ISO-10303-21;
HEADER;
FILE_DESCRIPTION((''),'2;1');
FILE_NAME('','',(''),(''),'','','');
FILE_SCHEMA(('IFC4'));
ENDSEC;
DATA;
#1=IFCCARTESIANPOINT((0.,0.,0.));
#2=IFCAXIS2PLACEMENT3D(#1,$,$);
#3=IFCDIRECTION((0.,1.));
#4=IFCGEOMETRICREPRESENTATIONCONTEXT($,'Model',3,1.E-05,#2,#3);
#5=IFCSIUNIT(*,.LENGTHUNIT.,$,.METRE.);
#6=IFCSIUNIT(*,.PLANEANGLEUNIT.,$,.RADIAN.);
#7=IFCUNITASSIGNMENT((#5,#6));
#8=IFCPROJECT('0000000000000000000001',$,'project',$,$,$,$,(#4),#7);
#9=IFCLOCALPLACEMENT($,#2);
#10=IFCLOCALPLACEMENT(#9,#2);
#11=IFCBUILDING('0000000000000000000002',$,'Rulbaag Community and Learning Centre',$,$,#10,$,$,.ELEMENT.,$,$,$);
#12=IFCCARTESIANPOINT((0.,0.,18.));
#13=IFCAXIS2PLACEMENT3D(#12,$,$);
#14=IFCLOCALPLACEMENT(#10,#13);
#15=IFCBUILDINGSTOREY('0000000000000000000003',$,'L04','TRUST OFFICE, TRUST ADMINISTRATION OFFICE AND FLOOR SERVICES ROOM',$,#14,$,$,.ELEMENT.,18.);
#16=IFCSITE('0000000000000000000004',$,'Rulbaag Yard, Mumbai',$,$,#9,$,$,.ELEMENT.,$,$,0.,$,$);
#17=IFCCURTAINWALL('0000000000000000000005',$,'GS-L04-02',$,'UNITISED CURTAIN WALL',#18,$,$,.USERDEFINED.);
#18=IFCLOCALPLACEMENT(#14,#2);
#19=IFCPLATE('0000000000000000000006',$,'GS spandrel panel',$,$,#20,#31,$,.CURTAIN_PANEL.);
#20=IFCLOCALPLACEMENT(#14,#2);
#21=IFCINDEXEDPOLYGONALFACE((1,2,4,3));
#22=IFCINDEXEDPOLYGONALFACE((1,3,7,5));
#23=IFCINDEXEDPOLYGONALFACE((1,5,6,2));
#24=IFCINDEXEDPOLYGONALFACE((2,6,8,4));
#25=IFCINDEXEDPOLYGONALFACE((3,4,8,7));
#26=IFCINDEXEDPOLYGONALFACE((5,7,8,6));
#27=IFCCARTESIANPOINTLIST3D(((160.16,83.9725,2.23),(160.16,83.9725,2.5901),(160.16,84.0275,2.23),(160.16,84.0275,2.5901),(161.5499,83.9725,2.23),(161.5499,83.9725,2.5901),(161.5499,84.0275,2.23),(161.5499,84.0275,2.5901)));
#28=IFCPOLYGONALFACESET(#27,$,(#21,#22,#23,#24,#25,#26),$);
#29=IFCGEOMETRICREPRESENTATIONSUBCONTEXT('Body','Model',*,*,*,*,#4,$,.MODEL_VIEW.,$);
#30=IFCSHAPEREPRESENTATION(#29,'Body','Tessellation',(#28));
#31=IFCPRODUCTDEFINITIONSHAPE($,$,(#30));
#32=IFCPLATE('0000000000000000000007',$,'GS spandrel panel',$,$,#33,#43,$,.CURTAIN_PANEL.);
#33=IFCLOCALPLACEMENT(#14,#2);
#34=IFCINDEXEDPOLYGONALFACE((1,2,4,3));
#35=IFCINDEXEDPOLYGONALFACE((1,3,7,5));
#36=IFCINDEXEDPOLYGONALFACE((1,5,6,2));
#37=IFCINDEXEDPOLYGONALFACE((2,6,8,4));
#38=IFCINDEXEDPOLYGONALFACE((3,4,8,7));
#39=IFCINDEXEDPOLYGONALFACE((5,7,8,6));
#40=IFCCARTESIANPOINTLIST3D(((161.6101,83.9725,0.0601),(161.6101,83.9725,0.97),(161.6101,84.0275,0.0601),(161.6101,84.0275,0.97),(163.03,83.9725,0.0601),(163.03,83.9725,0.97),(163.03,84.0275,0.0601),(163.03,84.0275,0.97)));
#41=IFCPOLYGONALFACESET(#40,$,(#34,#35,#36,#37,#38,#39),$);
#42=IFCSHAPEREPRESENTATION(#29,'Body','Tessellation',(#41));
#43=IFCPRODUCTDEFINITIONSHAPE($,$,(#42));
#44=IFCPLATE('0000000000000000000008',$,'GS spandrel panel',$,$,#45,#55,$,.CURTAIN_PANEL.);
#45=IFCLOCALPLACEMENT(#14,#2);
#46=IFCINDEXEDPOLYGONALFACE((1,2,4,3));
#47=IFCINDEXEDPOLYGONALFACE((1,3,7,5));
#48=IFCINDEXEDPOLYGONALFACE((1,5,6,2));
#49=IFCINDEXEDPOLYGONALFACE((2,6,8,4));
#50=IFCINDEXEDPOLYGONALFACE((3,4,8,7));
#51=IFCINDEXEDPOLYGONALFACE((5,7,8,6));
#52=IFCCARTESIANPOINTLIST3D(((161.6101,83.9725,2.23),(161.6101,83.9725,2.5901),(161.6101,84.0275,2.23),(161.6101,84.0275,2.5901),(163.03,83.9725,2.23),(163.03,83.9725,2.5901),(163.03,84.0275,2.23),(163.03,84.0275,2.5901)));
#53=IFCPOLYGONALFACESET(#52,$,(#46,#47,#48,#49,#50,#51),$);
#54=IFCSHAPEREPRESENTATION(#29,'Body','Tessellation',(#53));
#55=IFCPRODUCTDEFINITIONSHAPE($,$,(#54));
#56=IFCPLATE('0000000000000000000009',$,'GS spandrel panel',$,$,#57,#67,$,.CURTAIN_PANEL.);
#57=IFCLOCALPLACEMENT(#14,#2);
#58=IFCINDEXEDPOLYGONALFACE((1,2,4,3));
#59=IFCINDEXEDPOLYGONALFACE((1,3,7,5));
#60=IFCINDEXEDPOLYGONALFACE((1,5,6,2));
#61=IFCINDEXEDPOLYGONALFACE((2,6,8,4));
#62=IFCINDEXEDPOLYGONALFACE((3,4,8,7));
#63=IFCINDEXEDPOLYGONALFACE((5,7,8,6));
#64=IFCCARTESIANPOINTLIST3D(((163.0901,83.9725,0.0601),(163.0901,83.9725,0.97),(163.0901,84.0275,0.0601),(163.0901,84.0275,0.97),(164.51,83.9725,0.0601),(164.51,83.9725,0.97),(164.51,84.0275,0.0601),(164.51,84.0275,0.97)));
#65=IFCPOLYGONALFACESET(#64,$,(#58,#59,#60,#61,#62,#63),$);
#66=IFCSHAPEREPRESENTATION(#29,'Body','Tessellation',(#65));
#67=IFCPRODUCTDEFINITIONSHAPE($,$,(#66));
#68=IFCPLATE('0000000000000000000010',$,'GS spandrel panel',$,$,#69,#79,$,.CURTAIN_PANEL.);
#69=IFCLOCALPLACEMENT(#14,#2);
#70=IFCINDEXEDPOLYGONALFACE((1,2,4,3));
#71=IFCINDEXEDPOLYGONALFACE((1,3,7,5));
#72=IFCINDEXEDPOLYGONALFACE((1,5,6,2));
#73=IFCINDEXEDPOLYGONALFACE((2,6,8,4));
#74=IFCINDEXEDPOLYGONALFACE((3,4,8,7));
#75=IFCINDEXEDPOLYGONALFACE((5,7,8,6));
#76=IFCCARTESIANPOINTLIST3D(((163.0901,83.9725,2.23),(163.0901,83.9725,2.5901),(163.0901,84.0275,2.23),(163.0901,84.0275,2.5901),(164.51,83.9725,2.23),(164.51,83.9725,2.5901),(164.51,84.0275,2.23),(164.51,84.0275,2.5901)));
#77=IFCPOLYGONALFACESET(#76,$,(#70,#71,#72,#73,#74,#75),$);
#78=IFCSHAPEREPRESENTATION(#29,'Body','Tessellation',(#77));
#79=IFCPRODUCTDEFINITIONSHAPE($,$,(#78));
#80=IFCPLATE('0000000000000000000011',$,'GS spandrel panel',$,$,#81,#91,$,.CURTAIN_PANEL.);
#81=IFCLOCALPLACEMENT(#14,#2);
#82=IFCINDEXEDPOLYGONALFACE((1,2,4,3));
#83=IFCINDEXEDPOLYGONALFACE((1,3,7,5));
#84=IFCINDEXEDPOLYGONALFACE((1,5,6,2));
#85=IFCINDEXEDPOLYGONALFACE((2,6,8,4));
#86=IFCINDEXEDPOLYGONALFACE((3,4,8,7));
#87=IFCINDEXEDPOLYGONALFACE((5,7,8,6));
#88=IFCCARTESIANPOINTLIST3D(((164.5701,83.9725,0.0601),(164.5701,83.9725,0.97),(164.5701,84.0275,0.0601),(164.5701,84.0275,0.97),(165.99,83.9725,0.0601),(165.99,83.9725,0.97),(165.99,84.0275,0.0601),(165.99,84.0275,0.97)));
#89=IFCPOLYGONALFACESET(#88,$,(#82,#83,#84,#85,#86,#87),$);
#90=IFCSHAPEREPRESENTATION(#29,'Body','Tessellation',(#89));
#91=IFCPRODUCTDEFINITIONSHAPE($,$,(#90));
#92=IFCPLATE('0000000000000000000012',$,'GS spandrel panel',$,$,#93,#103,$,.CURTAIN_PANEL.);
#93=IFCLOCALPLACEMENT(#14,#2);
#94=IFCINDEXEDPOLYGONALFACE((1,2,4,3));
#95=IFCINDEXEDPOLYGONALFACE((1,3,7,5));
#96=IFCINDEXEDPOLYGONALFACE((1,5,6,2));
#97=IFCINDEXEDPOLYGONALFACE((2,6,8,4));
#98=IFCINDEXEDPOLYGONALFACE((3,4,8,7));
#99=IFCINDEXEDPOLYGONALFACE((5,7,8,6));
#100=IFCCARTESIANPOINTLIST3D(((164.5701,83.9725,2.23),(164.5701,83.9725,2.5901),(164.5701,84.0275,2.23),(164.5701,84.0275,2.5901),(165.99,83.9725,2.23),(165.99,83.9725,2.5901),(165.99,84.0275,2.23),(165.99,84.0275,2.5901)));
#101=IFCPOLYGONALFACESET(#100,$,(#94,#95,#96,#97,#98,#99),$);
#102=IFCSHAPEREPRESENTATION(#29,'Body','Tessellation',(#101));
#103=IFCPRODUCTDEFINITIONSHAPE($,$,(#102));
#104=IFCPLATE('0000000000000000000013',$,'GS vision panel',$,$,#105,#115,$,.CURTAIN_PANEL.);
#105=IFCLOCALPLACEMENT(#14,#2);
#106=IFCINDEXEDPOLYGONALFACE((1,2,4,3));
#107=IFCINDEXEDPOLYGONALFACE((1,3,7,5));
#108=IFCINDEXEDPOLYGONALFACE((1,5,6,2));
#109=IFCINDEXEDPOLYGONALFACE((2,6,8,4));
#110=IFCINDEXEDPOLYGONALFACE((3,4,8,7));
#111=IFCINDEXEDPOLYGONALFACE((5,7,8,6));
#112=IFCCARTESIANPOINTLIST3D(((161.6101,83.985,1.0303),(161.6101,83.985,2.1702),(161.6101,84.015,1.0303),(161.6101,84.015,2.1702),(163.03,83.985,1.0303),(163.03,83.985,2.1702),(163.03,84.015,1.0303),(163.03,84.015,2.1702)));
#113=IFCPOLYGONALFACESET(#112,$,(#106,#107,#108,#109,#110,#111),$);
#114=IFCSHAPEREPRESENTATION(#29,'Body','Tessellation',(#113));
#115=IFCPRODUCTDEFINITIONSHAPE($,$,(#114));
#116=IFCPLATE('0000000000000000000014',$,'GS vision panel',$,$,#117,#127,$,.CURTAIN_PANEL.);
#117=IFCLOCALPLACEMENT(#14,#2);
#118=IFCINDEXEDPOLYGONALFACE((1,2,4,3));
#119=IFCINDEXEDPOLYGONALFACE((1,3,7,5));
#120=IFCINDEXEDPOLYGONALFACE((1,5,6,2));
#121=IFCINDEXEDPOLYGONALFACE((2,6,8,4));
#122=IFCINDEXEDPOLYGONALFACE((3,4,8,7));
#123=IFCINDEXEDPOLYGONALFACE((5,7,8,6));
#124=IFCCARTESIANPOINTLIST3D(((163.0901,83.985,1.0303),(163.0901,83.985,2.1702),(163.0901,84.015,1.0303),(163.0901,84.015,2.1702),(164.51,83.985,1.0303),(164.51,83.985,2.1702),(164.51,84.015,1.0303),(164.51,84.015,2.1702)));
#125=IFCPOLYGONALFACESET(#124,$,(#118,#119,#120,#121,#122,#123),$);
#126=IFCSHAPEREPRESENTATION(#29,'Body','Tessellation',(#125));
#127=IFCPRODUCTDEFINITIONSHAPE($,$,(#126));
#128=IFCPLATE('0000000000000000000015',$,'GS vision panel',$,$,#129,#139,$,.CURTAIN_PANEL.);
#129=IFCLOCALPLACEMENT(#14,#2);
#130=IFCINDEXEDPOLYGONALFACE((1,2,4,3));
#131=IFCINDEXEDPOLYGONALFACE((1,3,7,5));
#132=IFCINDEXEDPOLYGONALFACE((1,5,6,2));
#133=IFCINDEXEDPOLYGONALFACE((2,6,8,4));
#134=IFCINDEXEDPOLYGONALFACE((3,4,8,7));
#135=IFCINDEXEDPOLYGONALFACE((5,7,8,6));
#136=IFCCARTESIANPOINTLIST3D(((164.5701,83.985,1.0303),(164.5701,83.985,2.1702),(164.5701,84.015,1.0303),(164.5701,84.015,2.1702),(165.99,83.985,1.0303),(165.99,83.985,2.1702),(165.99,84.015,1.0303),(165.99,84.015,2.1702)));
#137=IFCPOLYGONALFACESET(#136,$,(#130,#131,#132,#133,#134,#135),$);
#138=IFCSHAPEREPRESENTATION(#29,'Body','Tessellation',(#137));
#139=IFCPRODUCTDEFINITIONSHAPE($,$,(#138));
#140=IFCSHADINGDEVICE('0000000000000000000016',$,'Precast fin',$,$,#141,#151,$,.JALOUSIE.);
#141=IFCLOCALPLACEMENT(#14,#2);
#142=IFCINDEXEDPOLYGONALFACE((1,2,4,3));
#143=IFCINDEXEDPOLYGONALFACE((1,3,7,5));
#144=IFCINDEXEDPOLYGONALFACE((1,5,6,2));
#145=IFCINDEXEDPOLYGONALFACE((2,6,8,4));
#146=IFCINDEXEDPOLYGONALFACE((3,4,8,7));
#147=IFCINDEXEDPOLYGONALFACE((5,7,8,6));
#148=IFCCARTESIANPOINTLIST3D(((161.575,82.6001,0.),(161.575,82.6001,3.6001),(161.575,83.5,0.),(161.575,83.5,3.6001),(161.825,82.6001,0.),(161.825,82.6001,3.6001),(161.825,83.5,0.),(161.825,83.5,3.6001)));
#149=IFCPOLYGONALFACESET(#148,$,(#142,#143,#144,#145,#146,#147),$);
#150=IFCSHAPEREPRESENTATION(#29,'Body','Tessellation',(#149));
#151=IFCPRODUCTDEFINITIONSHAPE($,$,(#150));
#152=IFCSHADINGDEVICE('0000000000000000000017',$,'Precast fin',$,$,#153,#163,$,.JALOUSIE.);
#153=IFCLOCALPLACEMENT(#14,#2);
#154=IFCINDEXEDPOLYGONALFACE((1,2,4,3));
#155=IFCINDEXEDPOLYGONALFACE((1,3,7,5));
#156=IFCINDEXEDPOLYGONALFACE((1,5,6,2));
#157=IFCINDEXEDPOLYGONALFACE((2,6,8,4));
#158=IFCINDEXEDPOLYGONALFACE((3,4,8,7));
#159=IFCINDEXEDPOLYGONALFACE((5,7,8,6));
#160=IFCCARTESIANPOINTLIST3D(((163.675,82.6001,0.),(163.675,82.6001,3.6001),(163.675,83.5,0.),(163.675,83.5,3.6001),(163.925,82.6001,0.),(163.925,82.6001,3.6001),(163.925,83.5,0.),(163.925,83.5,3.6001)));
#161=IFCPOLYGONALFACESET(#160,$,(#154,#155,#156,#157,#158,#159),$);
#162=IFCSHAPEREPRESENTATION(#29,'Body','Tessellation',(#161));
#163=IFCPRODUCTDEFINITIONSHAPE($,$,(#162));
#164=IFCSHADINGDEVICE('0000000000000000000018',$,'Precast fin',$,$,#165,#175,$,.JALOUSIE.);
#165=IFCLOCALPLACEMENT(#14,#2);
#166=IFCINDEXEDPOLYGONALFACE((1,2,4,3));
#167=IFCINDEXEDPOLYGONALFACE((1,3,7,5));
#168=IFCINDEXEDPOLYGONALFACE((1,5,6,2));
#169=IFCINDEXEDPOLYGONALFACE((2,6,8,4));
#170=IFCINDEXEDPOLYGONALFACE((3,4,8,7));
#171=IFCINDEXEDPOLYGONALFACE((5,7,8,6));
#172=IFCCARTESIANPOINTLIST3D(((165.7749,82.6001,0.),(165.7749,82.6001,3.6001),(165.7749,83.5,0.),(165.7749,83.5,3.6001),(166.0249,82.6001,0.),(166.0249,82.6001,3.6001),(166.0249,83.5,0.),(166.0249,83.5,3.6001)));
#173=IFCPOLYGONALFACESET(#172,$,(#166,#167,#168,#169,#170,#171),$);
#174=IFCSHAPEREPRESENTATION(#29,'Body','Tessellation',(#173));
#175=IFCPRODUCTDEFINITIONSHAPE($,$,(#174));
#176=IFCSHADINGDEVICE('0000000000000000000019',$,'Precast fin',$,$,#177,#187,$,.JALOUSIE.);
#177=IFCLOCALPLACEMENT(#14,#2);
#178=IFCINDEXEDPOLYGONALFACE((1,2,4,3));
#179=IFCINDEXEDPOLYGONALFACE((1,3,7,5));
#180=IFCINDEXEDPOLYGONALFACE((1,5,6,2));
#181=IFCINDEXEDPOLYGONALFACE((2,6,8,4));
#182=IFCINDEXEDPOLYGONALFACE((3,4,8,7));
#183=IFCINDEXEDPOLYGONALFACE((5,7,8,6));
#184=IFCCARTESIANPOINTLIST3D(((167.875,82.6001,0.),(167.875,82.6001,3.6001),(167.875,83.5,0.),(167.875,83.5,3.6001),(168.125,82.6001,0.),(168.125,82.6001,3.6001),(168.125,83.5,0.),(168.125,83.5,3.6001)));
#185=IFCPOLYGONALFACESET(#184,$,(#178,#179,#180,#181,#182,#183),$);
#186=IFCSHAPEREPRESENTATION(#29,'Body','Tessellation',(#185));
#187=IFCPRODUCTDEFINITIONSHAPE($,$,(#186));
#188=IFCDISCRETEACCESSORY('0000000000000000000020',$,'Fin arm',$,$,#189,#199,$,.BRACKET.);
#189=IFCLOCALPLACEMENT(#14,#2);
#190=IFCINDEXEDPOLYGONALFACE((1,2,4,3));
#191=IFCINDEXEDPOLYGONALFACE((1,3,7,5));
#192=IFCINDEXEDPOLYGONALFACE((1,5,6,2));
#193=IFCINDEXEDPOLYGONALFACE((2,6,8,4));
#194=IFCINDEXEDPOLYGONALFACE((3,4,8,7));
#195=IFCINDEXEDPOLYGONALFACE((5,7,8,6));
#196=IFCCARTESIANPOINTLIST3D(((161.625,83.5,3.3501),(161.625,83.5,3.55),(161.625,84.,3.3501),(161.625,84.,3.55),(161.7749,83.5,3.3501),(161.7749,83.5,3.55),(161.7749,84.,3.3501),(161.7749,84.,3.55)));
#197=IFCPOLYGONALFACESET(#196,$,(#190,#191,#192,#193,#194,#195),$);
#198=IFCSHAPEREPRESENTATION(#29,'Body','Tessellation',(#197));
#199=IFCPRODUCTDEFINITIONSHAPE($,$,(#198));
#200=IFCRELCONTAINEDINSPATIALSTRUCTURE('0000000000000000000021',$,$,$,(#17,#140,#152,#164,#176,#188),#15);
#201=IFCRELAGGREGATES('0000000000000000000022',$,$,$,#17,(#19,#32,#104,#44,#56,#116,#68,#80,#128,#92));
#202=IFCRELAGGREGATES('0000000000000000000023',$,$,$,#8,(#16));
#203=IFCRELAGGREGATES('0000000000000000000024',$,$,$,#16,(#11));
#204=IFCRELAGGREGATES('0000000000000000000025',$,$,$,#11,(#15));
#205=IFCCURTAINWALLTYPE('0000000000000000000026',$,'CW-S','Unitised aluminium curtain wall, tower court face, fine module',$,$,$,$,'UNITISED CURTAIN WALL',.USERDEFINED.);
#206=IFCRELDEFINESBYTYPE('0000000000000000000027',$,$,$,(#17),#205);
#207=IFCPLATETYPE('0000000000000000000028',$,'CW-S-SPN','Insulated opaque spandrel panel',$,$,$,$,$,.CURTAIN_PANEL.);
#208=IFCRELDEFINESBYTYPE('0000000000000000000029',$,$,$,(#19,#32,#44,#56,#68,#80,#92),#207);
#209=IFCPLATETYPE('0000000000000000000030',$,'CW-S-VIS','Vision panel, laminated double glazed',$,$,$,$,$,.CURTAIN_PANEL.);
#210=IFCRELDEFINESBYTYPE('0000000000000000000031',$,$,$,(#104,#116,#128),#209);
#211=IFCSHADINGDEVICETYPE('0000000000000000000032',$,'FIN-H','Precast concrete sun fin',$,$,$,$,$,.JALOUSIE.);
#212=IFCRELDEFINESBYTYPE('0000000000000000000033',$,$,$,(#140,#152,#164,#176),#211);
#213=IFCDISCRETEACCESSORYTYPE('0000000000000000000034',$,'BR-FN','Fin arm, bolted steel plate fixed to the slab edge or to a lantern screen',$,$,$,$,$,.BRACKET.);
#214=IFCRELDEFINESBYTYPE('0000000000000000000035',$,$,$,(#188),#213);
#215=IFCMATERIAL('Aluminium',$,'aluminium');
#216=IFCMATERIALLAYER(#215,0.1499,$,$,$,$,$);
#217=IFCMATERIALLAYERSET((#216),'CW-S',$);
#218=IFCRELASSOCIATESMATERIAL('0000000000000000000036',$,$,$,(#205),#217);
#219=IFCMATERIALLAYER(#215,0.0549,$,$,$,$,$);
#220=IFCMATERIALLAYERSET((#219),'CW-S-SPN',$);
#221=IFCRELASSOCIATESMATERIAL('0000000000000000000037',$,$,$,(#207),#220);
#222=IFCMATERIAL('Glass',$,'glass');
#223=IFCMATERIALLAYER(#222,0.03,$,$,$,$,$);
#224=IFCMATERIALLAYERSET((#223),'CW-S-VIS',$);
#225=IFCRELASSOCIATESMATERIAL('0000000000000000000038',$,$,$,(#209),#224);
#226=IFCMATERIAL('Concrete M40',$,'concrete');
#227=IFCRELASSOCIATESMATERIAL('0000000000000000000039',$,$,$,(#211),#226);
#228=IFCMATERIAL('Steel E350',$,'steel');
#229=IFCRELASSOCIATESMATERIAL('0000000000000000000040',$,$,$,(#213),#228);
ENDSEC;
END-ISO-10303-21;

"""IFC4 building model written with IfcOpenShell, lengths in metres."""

from ifc_helpers import new_model, si_unit, direction, frame, origin, origin_2d, place, context, subcontext, project, spatial, rectangle, extrude, material, layer, layer_set, material_profile, profile_set, type_object, element, aggregate, save


model = new_model("IFC4")

# Units and contexts
model_context = context("Model", 3, precision=1e-05, world=origin(), true_north=direction((0.0, 1.0)))
body_context = subcontext(model_context, "Body", "Model", "MODEL_VIEW")
ifc_project = project(units=[si_unit("LENGTHUNIT", "METRE"), si_unit("PLANEANGLEUNIT", "RADIAN")], contexts=[model_context])

# Site, building, storey
site_placement = place(None, origin())
site = spatial("IfcSite", under=ifc_project, at=site_placement, Name="Rulbaag Yard, Mumbai", CompositionType="ELEMENT", RefElevation=0.0)
building_placement = place(site_placement, origin())
building = spatial("IfcBuilding", under=site, at=building_placement, Name="Rulbaag Community and Learning Centre", CompositionType="ELEMENT")
storey_placement = place(building_placement, frame((0.0, 0.0, 18.0)))
storey = spatial("IfcBuildingStorey", under=building, at=storey_placement, Name="L04", Description="TRUST OFFICE, TRUST ADMINISTRATION OFFICE AND FLOOR SERVICES ROOM", CompositionType="ELEMENT", Elevation=18.0)

# Curtain wall, plates
ifc_material_1 = material(Name="Aluminium", Category="aluminium")
ifc_layer_1 = layer(ifc_material_1, 0.1499)
ifc_layer_set_1 = layer_set([ifc_layer_1], Name="CW-S")
curtain_wall_type = type_object("IfcCurtainWallType", Name="CW-S", Description="Unitised aluminium curtain wall, tower court face, fine module", ElementType="UNITISED CURTAIN WALL", PredefinedType="USERDEFINED", material=ifc_layer_set_1)
curtain_wall_placement = place(storey_placement, origin())
curtain_wall = element("IfcCurtainWall", 1, at=curtain_wall_placement, inside=storey, type_object=curtain_wall_type, Name="GS-L04-02", ObjectType="UNITISED CURTAIN WALL", PredefinedType="USERDEFINED")
ifc_layer_2 = layer(ifc_material_1, 0.0549)
ifc_layer_set_2 = layer_set([ifc_layer_2], Name="CW-S-SPN")
plate_type_1 = type_object("IfcPlateType", Name="CW-S-SPN", Description="Insulated opaque spandrel panel", PredefinedType="CURTAIN_PANEL", material=ifc_layer_set_2)
plate_1_placement = place(storey_placement, frame((160.855, 84.0, 2.23), z_axis=(0.0, 0.0, 1.0), x_axis=(1.0, 0.0, 0.0)))
plate_1 = element("IfcPlate", 2, at=plate_1_placement, type_object=plate_type_1, Name="GS spandrel panel", PredefinedType="CURTAIN_PANEL", context=body_context, shape_type="SweptSolid", body=[
    extrude(rectangle(XDim=1.3899, YDim=0.0549, at=origin_2d()), origin(), (0.0, 0.0, 1.0), 0.3601),
])
plate_2_placement = place(storey_placement, frame((162.3201, 84.0, 0.0601), z_axis=(0.0, 0.0, 1.0), x_axis=(1.0, 0.0, 0.0)))
plate_2 = element("IfcPlate", 3, at=plate_2_placement, type_object=plate_type_1, Name="GS spandrel panel", PredefinedType="CURTAIN_PANEL", context=body_context, shape_type="SweptSolid", body=[
    extrude(rectangle(XDim=1.4199, YDim=0.0549, at=origin_2d()), origin(), (0.0, 0.0, 1.0), 0.9099),
])
plate_3_placement = place(storey_placement, frame((162.3201, 84.0, 2.23), z_axis=(0.0, 0.0, 1.0), x_axis=(1.0, 0.0, 0.0)))
plate_3 = element("IfcPlate", 4, at=plate_3_placement, type_object=plate_type_1, Name="GS spandrel panel", PredefinedType="CURTAIN_PANEL", context=body_context, shape_type="SweptSolid", body=[
    extrude(rectangle(XDim=1.4199, YDim=0.0549, at=origin_2d()), origin(), (0.0, 0.0, 1.0), 0.3601),
])
plate_4_placement = place(storey_placement, frame((163.8, 84.0, 0.0601), z_axis=(0.0, 0.0, 1.0), x_axis=(1.0, 0.0, 0.0)))
plate_4 = element("IfcPlate", 5, at=plate_4_placement, type_object=plate_type_1, Name="GS spandrel panel", PredefinedType="CURTAIN_PANEL", context=body_context, shape_type="SweptSolid", body=[
    extrude(rectangle(XDim=1.4199, YDim=0.0549, at=origin_2d()), origin(), (0.0, 0.0, 1.0), 0.9099),
])
plate_5_placement = place(storey_placement, frame((163.8, 84.0, 2.23), z_axis=(0.0, 0.0, 1.0), x_axis=(1.0, 0.0, 0.0)))
plate_5 = element("IfcPlate", 6, at=plate_5_placement, type_object=plate_type_1, Name="GS spandrel panel", PredefinedType="CURTAIN_PANEL", context=body_context, shape_type="SweptSolid", body=[
    extrude(rectangle(XDim=1.4199, YDim=0.0549, at=origin_2d()), origin(), (0.0, 0.0, 1.0), 0.3601),
])
plate_6_placement = place(storey_placement, frame((165.28, 84.0, 0.0601), z_axis=(0.0, 0.0, 1.0), x_axis=(1.0, 0.0, 0.0)))
plate_6 = element("IfcPlate", 7, at=plate_6_placement, type_object=plate_type_1, Name="GS spandrel panel", PredefinedType="CURTAIN_PANEL", context=body_context, shape_type="SweptSolid", body=[
    extrude(rectangle(XDim=1.4199, YDim=0.0549, at=origin_2d()), origin(), (0.0, 0.0, 1.0), 0.9099),
])
plate_7_placement = place(storey_placement, frame((165.28, 84.0, 2.23), z_axis=(0.0, 0.0, 1.0), x_axis=(1.0, 0.0, 0.0)))
plate_7 = element("IfcPlate", 8, at=plate_7_placement, type_object=plate_type_1, Name="GS spandrel panel", PredefinedType="CURTAIN_PANEL", context=body_context, shape_type="SweptSolid", body=[
    extrude(rectangle(XDim=1.4199, YDim=0.0549, at=origin_2d()), origin(), (0.0, 0.0, 1.0), 0.3601),
])
ifc_material_2 = material(Name="Glass", Category="glass")
ifc_layer_3 = layer(ifc_material_2, 0.03)
ifc_layer_set_3 = layer_set([ifc_layer_3], Name="CW-S-VIS")
plate_type_2 = type_object("IfcPlateType", Name="CW-S-VIS", Description="Vision panel, laminated double glazed", PredefinedType="CURTAIN_PANEL", material=ifc_layer_set_3)
plate_8_placement = place(storey_placement, frame((162.3201, 84.0, 1.0303), z_axis=(0.0, 0.0, 1.0), x_axis=(1.0, 0.0, 0.0)))
plate_8 = element("IfcPlate", 9, at=plate_8_placement, type_object=plate_type_2, Name="GS vision panel", PredefinedType="CURTAIN_PANEL", context=body_context, shape_type="SweptSolid", body=[
    extrude(rectangle(XDim=1.4199, YDim=0.03, at=origin_2d()), origin(), (0.0, 0.0, 1.0), 1.1399),
])
plate_9_placement = place(storey_placement, frame((163.8, 84.0, 1.0303), z_axis=(0.0, 0.0, 1.0), x_axis=(1.0, 0.0, 0.0)))
plate_9 = element("IfcPlate", 10, at=plate_9_placement, type_object=plate_type_2, Name="GS vision panel", PredefinedType="CURTAIN_PANEL", context=body_context, shape_type="SweptSolid", body=[
    extrude(rectangle(XDim=1.4199, YDim=0.03, at=origin_2d()), origin(), (0.0, 0.0, 1.0), 1.1399),
])
plate_10_placement = place(storey_placement, frame((165.28, 84.0, 1.0303), z_axis=(0.0, 0.0, 1.0), x_axis=(1.0, 0.0, 0.0)))
plate_10 = element("IfcPlate", 11, at=plate_10_placement, type_object=plate_type_2, Name="GS vision panel", PredefinedType="CURTAIN_PANEL", context=body_context, shape_type="SweptSolid", body=[
    extrude(rectangle(XDim=1.4199, YDim=0.03, at=origin_2d()), origin(), (0.0, 0.0, 1.0), 1.1399),
])
aggregate(curtain_wall, [plate_1, plate_2, plate_8, plate_3, plate_4, plate_9, plate_5, plate_6, plate_10, plate_7])

# Shading devices
ifc_material_3 = material(Name="Concrete M40", Category="concrete")
ifc_material_profile_1 = material_profile(ifc_material_3, rectangle(XDim=0.25, YDim=0.8999, at=origin_2d()), Name="PC 250x900")
ifc_profile_set_1 = profile_set([ifc_material_profile_1], Name="Concrete M40")
shading_device_type = type_object("IfcShadingDeviceType", Name="FIN-H", Description="Precast concrete sun fin", PredefinedType="JALOUSIE", material=ifc_profile_set_1)
for number, where, z_axis, x_axis, name in (
    (12, (161.7, 83.05, 0.0), (0.0, 0.0, 1.0), (1.0, 0.0, 0.0), "Precast fin"),
    (13, (163.8, 83.05, 0.0), (0.0, 0.0, 1.0), (1.0, 0.0, 0.0), "Precast fin"),
    (14, (165.8999, 83.05, 0.0), (0.0, 0.0, 1.0), (1.0, 0.0, 0.0), "Precast fin"),
    (15, (168.0, 83.05, 0.0), (0.0, 0.0, 1.0), (1.0, 0.0, 0.0), "Precast fin"),
):
    element("IfcShadingDevice", number, at=place(storey_placement, frame(where, z_axis=z_axis, x_axis=x_axis)), inside=storey, type_object=shading_device_type, Name=name, PredefinedType="JALOUSIE", context=body_context, shape_type="SweptSolid", body=[
        extrude(rectangle(XDim=0.25, YDim=0.8999, at=origin_2d()), origin(), (0.0, 0.0, 1.0), 3.6001),
    ])

# Discrete accessory
ifc_material_4 = material(Name="Steel E350", Category="steel")
discrete_accessory_type = type_object("IfcDiscreteAccessoryType", Name="BR-FN", Description="Fin arm, bolted steel plate fixed to the slab edge or to a lantern screen", PredefinedType="BRACKET", material=ifc_material_4)
for number, where, z_axis, x_axis, name in (
    (16, (161.7, 83.75, 3.3501), (0.0, 0.0, 1.0), (1.0, 0.0, 0.0), "Fin arm"),
):
    element("IfcDiscreteAccessory", number, at=place(storey_placement, frame(where, z_axis=z_axis, x_axis=x_axis)), inside=storey, type_object=discrete_accessory_type, Name=name, PredefinedType="BRACKET", context=body_context, shape_type="SweptSolid", body=[
        extrude(rectangle(XDim=0.1499, YDim=0.5, at=origin_2d()), origin(), (0.0, 0.0, 1.0), 0.2),
    ])

save(model, "model.ifc")
